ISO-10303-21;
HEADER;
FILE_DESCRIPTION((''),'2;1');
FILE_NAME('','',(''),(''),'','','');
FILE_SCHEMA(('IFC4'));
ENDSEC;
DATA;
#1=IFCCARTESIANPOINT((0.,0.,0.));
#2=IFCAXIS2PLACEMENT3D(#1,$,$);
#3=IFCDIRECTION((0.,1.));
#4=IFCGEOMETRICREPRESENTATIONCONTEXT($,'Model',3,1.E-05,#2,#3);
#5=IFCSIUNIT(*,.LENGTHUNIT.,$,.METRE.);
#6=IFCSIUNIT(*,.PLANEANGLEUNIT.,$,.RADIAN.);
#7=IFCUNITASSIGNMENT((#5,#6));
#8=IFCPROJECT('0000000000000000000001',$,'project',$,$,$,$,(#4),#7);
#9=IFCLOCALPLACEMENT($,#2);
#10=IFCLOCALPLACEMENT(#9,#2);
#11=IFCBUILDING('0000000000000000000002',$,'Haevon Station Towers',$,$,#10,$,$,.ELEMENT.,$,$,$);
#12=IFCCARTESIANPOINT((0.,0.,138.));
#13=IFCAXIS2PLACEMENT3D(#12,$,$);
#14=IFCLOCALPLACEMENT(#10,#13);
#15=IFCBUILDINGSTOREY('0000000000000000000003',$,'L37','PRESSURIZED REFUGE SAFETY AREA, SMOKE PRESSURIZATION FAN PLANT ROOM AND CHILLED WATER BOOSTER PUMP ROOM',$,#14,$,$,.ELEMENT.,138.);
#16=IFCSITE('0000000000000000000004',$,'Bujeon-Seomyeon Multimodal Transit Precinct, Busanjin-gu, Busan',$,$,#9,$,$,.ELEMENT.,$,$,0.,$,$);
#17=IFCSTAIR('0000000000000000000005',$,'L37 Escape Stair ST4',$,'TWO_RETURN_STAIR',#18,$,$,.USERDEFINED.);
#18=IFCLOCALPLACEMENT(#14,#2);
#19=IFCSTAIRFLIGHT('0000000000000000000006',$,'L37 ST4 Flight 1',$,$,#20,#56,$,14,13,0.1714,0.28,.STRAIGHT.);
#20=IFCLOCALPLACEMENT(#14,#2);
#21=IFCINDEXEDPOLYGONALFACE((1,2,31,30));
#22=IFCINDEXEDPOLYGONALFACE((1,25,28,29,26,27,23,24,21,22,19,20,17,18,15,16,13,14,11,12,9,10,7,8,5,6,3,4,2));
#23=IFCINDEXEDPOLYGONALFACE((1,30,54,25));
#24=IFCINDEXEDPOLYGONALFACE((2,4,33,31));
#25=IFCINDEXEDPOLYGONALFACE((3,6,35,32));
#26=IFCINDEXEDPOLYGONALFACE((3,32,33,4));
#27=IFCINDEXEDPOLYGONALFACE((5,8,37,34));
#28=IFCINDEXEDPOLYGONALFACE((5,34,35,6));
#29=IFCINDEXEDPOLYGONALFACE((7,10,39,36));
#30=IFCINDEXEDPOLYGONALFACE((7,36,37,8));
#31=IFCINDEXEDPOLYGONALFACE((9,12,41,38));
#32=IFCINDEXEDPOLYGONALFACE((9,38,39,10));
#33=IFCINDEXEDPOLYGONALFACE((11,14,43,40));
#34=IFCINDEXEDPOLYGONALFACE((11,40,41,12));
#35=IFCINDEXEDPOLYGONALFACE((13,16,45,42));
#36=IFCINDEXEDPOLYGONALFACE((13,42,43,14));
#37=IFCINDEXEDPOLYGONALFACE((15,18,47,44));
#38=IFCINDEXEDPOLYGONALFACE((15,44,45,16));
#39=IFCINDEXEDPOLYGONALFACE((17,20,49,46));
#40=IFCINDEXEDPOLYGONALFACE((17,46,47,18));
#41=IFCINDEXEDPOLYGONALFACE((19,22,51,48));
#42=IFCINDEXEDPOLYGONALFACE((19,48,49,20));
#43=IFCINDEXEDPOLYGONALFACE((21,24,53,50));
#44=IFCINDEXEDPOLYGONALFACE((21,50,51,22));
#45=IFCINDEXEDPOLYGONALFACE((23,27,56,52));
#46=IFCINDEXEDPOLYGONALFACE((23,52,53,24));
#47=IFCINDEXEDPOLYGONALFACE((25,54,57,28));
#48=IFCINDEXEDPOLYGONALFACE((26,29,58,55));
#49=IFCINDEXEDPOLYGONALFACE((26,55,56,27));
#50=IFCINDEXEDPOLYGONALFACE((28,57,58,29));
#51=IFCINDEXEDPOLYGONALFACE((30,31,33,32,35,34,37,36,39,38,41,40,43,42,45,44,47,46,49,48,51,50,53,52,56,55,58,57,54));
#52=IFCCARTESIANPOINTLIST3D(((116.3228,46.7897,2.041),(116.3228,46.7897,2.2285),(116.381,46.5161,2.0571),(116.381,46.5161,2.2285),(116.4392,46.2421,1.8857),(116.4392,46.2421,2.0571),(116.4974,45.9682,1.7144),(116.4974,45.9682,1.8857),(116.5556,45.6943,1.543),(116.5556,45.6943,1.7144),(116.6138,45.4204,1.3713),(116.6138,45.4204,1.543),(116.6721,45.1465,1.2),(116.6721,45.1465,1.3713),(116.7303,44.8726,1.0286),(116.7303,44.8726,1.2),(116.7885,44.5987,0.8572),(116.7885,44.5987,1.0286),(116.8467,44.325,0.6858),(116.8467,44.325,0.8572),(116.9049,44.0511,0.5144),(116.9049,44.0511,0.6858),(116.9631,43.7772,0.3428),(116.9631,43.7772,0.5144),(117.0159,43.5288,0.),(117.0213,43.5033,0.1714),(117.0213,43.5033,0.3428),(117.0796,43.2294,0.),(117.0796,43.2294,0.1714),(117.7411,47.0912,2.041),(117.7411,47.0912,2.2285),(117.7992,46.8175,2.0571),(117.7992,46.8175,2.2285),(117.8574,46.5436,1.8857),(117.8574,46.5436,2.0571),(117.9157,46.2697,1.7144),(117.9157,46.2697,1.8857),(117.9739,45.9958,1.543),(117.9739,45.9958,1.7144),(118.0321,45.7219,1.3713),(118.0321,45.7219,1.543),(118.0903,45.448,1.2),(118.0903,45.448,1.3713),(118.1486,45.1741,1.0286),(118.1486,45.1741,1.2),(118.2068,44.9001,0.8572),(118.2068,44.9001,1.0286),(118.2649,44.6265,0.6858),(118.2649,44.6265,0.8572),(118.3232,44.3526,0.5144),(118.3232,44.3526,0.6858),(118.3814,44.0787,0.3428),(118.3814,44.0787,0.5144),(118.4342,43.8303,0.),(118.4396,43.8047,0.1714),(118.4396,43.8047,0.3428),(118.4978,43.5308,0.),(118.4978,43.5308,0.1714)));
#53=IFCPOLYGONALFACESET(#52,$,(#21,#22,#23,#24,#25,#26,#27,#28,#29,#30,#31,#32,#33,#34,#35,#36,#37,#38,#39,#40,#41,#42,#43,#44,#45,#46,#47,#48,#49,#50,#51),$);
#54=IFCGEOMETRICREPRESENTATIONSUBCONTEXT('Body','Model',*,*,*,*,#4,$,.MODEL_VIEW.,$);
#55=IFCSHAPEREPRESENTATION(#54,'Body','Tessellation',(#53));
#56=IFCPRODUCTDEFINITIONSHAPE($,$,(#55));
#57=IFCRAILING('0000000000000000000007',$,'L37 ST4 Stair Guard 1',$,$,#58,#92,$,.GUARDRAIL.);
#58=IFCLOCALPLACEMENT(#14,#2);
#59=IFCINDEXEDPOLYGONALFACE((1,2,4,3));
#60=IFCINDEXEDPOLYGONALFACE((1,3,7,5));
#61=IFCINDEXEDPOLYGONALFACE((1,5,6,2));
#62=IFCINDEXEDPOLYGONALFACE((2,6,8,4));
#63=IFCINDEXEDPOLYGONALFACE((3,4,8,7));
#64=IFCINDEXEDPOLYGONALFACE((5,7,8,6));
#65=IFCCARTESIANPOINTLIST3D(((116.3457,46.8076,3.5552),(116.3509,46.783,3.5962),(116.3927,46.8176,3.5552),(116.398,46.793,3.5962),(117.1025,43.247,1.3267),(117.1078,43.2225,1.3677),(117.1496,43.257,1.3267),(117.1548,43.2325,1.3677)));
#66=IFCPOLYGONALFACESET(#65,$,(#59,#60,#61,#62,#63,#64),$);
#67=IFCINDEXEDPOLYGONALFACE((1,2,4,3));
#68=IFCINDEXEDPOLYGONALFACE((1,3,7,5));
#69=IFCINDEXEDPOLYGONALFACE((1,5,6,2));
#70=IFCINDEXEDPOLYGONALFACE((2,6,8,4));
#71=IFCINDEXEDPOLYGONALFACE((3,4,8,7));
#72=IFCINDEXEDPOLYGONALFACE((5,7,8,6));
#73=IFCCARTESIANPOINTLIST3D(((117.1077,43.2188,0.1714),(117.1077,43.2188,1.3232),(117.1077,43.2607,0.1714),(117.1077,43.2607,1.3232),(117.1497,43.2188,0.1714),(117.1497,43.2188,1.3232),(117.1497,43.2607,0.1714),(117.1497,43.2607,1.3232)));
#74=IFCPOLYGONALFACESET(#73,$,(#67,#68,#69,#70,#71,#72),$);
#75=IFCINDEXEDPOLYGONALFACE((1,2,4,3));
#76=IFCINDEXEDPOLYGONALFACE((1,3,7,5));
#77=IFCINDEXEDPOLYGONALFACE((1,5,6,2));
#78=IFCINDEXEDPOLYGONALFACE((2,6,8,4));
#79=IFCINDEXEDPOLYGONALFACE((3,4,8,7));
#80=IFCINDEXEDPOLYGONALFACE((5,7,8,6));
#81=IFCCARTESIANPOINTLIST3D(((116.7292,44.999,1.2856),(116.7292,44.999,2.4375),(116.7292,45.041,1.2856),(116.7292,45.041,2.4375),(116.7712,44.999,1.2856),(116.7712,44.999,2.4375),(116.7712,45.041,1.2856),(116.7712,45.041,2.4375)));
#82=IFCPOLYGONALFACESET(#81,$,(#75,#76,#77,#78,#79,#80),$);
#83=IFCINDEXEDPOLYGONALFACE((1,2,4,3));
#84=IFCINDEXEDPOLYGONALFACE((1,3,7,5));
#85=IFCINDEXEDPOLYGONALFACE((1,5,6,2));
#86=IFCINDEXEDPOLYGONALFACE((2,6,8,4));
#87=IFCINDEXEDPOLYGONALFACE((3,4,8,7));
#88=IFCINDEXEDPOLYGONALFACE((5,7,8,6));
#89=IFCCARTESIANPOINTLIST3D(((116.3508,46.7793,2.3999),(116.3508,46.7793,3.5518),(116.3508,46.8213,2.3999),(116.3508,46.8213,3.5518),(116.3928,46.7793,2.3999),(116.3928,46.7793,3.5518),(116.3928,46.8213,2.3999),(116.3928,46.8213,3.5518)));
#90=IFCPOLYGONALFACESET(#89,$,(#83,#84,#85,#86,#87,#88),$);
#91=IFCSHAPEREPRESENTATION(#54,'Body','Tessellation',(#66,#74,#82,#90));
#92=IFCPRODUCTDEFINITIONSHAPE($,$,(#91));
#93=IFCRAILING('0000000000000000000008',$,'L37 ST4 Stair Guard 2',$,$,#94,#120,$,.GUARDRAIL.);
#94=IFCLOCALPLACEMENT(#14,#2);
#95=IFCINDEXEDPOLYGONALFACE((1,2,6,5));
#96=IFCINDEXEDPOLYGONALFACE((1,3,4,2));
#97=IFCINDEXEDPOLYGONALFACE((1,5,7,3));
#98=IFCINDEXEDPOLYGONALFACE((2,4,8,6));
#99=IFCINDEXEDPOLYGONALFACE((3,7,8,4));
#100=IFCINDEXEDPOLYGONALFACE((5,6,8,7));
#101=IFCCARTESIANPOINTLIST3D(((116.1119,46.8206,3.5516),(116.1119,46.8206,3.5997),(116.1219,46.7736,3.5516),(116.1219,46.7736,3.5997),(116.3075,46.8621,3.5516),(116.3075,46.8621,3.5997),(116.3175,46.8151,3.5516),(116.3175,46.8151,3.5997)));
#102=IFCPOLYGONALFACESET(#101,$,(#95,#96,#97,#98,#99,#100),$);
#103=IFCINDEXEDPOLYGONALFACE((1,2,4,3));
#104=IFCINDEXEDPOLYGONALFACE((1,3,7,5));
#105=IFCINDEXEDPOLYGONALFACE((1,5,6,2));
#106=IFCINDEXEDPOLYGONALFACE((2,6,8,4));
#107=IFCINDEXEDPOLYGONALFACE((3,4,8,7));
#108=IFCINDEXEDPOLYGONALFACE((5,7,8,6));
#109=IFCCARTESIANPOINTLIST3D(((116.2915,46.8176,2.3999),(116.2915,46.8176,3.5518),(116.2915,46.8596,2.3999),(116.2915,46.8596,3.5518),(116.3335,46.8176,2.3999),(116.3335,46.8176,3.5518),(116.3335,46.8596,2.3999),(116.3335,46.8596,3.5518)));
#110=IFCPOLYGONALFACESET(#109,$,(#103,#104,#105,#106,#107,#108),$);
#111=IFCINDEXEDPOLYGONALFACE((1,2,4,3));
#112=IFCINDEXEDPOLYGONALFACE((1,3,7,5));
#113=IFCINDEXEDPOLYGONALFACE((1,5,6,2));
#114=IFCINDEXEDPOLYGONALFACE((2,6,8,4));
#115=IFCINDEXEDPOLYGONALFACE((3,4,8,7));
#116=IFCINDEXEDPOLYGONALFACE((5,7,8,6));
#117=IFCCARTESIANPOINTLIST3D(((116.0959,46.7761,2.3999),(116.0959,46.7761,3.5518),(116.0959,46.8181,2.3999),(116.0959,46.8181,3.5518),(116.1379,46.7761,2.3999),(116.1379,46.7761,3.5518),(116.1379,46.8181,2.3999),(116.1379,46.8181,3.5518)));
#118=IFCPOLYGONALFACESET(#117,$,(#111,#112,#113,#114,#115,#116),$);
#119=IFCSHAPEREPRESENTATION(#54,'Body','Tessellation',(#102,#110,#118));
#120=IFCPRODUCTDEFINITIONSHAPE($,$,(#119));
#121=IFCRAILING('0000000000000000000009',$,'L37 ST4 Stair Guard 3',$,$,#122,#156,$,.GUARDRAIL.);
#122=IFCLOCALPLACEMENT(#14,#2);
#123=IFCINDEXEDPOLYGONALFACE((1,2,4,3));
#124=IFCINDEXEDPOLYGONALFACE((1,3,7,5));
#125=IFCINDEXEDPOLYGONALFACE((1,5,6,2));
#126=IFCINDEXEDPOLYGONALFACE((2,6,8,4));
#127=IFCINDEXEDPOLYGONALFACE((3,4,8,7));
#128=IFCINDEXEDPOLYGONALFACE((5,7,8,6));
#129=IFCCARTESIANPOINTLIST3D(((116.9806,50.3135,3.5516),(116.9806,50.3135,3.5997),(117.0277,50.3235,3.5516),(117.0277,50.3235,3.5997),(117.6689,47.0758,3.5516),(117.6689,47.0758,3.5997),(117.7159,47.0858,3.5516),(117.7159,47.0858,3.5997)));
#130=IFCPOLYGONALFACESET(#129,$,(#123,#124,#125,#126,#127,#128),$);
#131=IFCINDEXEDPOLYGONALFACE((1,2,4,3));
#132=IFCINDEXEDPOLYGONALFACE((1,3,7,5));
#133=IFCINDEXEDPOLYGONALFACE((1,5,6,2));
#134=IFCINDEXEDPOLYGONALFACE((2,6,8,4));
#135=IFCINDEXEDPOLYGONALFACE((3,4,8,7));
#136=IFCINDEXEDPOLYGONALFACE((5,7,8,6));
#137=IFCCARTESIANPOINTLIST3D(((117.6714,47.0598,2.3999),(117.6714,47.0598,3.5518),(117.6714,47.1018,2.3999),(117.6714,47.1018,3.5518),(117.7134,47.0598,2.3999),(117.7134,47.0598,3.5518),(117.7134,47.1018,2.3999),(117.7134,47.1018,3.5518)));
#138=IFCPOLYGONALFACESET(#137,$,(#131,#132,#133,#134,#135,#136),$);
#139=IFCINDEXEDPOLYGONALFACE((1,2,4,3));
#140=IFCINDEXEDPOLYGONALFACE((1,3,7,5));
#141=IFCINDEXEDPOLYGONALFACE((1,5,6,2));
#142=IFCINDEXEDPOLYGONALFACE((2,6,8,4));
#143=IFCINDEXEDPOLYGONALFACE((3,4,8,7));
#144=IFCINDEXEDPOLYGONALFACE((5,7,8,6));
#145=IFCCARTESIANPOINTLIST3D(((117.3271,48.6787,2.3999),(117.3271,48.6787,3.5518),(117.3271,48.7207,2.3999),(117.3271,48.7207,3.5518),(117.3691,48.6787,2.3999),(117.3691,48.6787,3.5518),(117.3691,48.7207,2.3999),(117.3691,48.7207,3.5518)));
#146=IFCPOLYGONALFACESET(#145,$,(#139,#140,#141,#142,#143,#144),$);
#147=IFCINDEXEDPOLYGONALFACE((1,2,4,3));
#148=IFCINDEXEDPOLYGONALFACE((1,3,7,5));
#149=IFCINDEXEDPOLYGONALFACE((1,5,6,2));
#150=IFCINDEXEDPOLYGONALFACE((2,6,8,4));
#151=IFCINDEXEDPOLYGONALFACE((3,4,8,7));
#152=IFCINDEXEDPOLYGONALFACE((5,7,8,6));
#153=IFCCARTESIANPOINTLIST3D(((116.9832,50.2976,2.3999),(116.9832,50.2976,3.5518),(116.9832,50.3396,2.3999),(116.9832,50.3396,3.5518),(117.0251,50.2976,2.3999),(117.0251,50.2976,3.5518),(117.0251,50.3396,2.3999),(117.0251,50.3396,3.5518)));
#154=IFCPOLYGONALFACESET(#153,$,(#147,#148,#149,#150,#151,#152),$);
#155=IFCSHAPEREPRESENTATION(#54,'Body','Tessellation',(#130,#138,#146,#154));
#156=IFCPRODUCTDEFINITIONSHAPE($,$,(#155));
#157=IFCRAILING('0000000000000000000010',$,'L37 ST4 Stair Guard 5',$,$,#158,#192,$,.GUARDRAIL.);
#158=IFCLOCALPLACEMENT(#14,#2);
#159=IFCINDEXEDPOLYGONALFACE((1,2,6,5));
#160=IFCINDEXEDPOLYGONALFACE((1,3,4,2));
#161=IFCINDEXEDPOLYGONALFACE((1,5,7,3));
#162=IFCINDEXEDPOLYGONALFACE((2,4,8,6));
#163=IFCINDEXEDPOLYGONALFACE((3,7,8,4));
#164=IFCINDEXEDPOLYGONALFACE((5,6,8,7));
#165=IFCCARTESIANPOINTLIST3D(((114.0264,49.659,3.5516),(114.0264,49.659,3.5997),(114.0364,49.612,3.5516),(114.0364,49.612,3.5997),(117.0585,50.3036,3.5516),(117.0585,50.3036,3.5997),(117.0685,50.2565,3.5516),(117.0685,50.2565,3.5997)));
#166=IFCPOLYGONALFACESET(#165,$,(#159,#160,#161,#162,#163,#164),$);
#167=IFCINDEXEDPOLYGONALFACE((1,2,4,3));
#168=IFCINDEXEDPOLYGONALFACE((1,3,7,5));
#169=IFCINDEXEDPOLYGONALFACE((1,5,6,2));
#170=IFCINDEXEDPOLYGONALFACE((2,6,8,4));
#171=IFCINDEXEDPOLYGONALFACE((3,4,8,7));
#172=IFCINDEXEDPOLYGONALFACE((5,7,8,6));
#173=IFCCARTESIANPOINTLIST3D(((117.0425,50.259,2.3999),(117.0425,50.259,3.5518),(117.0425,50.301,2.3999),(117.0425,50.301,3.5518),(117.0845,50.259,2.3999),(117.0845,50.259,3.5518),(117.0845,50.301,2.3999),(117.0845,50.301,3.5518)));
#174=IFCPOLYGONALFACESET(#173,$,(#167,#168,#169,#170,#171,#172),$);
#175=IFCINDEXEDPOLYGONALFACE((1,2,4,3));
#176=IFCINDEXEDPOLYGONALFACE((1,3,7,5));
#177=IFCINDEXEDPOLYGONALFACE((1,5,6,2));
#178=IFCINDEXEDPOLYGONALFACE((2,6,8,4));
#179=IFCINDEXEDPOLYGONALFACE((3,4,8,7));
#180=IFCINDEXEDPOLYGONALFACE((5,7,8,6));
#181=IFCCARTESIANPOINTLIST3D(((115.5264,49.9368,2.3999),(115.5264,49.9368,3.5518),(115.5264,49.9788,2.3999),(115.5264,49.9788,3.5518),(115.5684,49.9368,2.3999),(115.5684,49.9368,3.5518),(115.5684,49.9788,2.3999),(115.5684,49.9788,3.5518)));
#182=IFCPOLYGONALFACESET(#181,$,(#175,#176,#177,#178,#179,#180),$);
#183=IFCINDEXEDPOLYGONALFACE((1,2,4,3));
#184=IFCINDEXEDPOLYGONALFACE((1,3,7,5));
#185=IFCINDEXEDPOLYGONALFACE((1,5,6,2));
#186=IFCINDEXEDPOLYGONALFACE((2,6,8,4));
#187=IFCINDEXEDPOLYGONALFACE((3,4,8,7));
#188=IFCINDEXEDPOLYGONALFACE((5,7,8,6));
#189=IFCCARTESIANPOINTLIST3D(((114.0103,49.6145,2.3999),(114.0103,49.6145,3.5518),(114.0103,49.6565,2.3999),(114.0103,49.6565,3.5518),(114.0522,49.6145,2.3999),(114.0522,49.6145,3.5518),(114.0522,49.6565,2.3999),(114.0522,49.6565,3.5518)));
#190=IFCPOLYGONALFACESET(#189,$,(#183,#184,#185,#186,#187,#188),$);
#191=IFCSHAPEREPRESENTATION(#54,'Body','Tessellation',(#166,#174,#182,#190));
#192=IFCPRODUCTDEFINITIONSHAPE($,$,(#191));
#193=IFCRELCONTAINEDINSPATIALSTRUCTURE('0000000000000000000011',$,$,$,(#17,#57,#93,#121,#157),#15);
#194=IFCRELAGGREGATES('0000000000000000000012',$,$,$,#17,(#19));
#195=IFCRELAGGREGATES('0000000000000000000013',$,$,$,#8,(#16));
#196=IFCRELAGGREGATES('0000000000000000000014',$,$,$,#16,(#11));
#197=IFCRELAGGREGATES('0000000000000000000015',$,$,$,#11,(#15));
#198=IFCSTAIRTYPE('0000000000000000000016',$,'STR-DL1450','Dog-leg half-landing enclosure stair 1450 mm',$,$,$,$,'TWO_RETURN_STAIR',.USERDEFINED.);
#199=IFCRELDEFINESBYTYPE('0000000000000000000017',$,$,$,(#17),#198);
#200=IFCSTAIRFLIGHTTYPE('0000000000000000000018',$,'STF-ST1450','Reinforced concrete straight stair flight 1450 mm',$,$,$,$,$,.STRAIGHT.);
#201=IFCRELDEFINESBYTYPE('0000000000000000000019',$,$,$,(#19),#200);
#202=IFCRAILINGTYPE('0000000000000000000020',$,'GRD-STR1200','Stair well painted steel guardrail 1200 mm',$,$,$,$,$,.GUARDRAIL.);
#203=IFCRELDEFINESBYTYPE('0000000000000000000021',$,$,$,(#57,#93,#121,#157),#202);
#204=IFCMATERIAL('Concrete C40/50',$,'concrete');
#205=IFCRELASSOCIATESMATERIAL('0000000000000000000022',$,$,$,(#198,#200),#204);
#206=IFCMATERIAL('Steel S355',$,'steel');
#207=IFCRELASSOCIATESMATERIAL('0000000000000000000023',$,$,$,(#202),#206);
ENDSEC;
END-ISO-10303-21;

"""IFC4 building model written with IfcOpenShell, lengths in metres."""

from ifc_helpers import new_model, si_unit, direction, frame, origin, origin_2d, place, context, subcontext, project, spatial, polyline, rectangle, outline, extrude, material, type_object, element, aggregate, save


model = new_model("IFC4")

# Units and contexts
model_context = context("Model", 3, precision=1e-05, world=origin(), true_north=direction((0.0, 1.0)))
body_context = subcontext(model_context, "Body", "Model", "MODEL_VIEW")
ifc_project = project(units=[si_unit("LENGTHUNIT", "METRE"), si_unit("PLANEANGLEUNIT", "RADIAN")], contexts=[model_context])

# Site, building, storey
site_placement = place(None, origin())
site = spatial("IfcSite", under=ifc_project, at=site_placement, Name="Bujeon-Seomyeon Multimodal Transit Precinct, Busanjin-gu, Busan", CompositionType="ELEMENT", RefElevation=0.0)
building_placement = place(site_placement, origin())
building = spatial("IfcBuilding", under=site, at=building_placement, Name="Haevon Station Towers", CompositionType="ELEMENT")
storey_placement = place(building_placement, frame((0.0, 0.0, 138.0)))
storey = spatial("IfcBuildingStorey", under=building, at=storey_placement, Name="L37", Description="PRESSURIZED REFUGE SAFETY AREA, SMOKE PRESSURIZATION FAN PLANT ROOM AND CHILLED WATER BOOSTER PUMP ROOM", CompositionType="ELEMENT", Elevation=138.0)

# Shared definitions
ifc_material_1 = material(Name="Steel S355", Category="steel")

# Stair, stair flight
ifc_material_2 = material(Name="Concrete C40/50", Category="concrete")
stair_type = type_object("IfcStairType", Name="STR-DL1450", Description="Dog-leg half-landing enclosure stair 1450 mm", ElementType="TWO_RETURN_STAIR", PredefinedType="USERDEFINED", material=ifc_material_2)
stair_placement = place(storey_placement, origin())
stair = element("IfcStair", 1, at=stair_placement, inside=storey, type_object=stair_type, Name="L37 Escape Stair ST4", ObjectType="TWO_RETURN_STAIR", PredefinedType="USERDEFINED")
stair_flight_type = type_object("IfcStairFlightType", Name="STF-ST1450", Description="Reinforced concrete straight stair flight 1450 mm", PredefinedType="STRAIGHT", material=ifc_material_2)
stair_flight_placement = place(storey_placement, frame((117.7888, 43.3801, 0.0), z_axis=(0.0, 0.0, 1.0), x_axis=(-0.207912, 0.978148, 0.0)))
stair_flight = element("IfcStairFlight", 2, at=stair_flight_placement, type_object=stair_flight_type, Name="L37 ST4 Flight 1", NumberOfRisers=14, NumberOfTreads=13, PredefinedType="STRAIGHT", RiserHeight=0.1714, TreadLength=0.28, context=body_context, shape_type="SweptSolid", body=[
    extrude(outline(polyline([(0.0, 0.0), (0.0, 0.1714), (0.28, 0.1714), (0.28, 0.3428), (0.5601, 0.3428), (0.5601, 0.5144), (0.8401, 0.5144), (0.8401, 0.6858), (1.1201, 0.6858), (1.1201, 0.8572), (1.3999, 0.8572), (1.3999, 1.0286), (1.6799, 1.0286), (1.6799, 1.2), (1.96, 1.2), (1.96, 1.3713), (2.24, 1.3713), (2.24, 1.543), (2.52, 1.543), (2.52, 1.7144), (2.8, 1.7144), (2.8, 1.8857), (3.0801, 1.8857), (3.0801, 2.0571), (3.3601, 2.0571), (3.3601, 2.2285), (3.6399, 2.2285), (3.6399, 2.3999), (3.6399, 2.041), (0.3062, 0.0), (0.0, 0.0)])), frame((0.0, 0.7251, 0.0), z_axis=(0.0, -1.0, 0.0), x_axis=(1.0, 0.0, 0.0)), (0.0, 0.0, 1.0), 1.45),
])
aggregate(stair, [stair_flight])

# Railings
railing_type_1 = type_object("IfcRailingType", Name="GRD-STR1200", Description="Stair well painted steel guardrail 1200 mm", PredefinedType="GUARDRAIL", material=ifc_material_1)
railing_1_placement = place(storey_placement, frame((117.1287, 43.2397, 0.1714)))
element("IfcRailing", 3, at=railing_1_placement, inside=storey, type_object=railing_type_1, Name="L37 ST4 Stair Guard 1", PredefinedType="GUARDRAIL", context=body_context, shape_type="SweptSolid", body=[
    extrude(rectangle(XDim=0.0481, YDim=0.0481, at=origin_2d()), frame((0.0, 0.0, 1.1758), z_axis=(-0.177324, 0.834225, 0.522134), x_axis=(-0.978147, -0.207917, 0.0)), (0.0, 0.0, 1.0), 4.2681),
    extrude(rectangle(XDim=0.042, YDim=0.042, at=origin_2d()), origin(), (0.0, 0.0, 1.0), 1.1519),
    extrude(rectangle(XDim=0.042, YDim=0.042, at=origin_2d()), frame((-0.3784, 1.7803, 1.1143)), (0.0, 0.0, 1.0), 1.1519),
    extrude(rectangle(XDim=0.042, YDim=0.042, at=origin_2d()), frame((-0.7568, 3.5605, 2.2285)), (0.0, 0.0, 1.0), 1.1519),
])
railing_2_placement = place(storey_placement, frame((116.3125, 46.8386, 2.3999)))
element("IfcRailing", 4, at=railing_2_placement, inside=storey, type_object=railing_type_1, Name="L37 ST4 Stair Guard 2", PredefinedType="GUARDRAIL", context=body_context, shape_type="SweptSolid", body=[
    extrude(rectangle(XDim=0.0481, YDim=0.0481, at=origin_2d()), frame((0.0, 0.0, 1.1758), z_axis=(-0.978212, -0.20761, 0.0), x_axis=(0.20761, -0.978212, 0.0)), (0.0, 0.0, 1.0), 0.2),
    extrude(rectangle(XDim=0.042, YDim=0.042, at=origin_2d()), origin(), (0.0, 0.0, 1.0), 1.1519),
    extrude(rectangle(XDim=0.042, YDim=0.042, at=origin_2d()), frame((-0.1956, -0.0415, 0.0)), (0.0, 0.0, 1.0), 1.1519),
])
railing_3_placement = place(storey_placement, frame((117.6924, 47.0808, 2.3999)))
element("IfcRailing", 5, at=railing_3_placement, inside=storey, type_object=railing_type_1, Name="L37 ST4 Stair Guard 3", PredefinedType="GUARDRAIL", context=body_context, shape_type="SweptSolid", body=[
    extrude(rectangle(XDim=0.0481, YDim=0.0481, at=origin_2d()), frame((0.0, 0.0, 1.1758), z_axis=(-0.207917, 0.978146, 0.0), x_axis=(-0.978146, -0.207917, 0.0)), (0.0, 0.0, 1.0), 3.3101),
    extrude(rectangle(XDim=0.042, YDim=0.042, at=origin_2d()), origin(), (0.0, 0.0, 1.0), 1.1519),
    extrude(rectangle(XDim=0.042, YDim=0.042, at=origin_2d()), frame((-0.3442, 1.6189, 0.0)), (0.0, 0.0, 1.0), 1.1519),
    extrude(rectangle(XDim=0.042, YDim=0.042, at=origin_2d()), frame((-0.6882, 3.2378, 0.0)), (0.0, 0.0, 1.0), 1.1519),
])
railing_4_placement = place(storey_placement, frame((117.0635, 50.28, 2.3999)))
element("IfcRailing", 6, at=railing_4_placement, inside=storey, type_object=railing_type_1, Name="L37 ST4 Stair Guard 5", PredefinedType="GUARDRAIL", context=body_context, shape_type="SweptSolid", body=[
    extrude(rectangle(XDim=0.0481, YDim=0.0481, at=origin_2d()), frame((0.0, 0.0, 1.1758), z_axis=(-0.978147, -0.207915, 0.0), x_axis=(0.207915, -0.978147, 0.0)), (0.0, 0.0, 1.0), 3.0999),
    extrude(rectangle(XDim=0.042, YDim=0.042, at=origin_2d()), origin(), (0.0, 0.0, 1.0), 1.1519),
    extrude(rectangle(XDim=0.042, YDim=0.042, at=origin_2d()), frame((-1.5161, -0.3223, 0.0)), (0.0, 0.0, 1.0), 1.1519),
    extrude(rectangle(XDim=0.042, YDim=0.042, at=origin_2d()), frame((-3.0322, -0.6445, 0.0)), (0.0, 0.0, 1.0), 1.1519),
])

save(model, "model.ifc")
